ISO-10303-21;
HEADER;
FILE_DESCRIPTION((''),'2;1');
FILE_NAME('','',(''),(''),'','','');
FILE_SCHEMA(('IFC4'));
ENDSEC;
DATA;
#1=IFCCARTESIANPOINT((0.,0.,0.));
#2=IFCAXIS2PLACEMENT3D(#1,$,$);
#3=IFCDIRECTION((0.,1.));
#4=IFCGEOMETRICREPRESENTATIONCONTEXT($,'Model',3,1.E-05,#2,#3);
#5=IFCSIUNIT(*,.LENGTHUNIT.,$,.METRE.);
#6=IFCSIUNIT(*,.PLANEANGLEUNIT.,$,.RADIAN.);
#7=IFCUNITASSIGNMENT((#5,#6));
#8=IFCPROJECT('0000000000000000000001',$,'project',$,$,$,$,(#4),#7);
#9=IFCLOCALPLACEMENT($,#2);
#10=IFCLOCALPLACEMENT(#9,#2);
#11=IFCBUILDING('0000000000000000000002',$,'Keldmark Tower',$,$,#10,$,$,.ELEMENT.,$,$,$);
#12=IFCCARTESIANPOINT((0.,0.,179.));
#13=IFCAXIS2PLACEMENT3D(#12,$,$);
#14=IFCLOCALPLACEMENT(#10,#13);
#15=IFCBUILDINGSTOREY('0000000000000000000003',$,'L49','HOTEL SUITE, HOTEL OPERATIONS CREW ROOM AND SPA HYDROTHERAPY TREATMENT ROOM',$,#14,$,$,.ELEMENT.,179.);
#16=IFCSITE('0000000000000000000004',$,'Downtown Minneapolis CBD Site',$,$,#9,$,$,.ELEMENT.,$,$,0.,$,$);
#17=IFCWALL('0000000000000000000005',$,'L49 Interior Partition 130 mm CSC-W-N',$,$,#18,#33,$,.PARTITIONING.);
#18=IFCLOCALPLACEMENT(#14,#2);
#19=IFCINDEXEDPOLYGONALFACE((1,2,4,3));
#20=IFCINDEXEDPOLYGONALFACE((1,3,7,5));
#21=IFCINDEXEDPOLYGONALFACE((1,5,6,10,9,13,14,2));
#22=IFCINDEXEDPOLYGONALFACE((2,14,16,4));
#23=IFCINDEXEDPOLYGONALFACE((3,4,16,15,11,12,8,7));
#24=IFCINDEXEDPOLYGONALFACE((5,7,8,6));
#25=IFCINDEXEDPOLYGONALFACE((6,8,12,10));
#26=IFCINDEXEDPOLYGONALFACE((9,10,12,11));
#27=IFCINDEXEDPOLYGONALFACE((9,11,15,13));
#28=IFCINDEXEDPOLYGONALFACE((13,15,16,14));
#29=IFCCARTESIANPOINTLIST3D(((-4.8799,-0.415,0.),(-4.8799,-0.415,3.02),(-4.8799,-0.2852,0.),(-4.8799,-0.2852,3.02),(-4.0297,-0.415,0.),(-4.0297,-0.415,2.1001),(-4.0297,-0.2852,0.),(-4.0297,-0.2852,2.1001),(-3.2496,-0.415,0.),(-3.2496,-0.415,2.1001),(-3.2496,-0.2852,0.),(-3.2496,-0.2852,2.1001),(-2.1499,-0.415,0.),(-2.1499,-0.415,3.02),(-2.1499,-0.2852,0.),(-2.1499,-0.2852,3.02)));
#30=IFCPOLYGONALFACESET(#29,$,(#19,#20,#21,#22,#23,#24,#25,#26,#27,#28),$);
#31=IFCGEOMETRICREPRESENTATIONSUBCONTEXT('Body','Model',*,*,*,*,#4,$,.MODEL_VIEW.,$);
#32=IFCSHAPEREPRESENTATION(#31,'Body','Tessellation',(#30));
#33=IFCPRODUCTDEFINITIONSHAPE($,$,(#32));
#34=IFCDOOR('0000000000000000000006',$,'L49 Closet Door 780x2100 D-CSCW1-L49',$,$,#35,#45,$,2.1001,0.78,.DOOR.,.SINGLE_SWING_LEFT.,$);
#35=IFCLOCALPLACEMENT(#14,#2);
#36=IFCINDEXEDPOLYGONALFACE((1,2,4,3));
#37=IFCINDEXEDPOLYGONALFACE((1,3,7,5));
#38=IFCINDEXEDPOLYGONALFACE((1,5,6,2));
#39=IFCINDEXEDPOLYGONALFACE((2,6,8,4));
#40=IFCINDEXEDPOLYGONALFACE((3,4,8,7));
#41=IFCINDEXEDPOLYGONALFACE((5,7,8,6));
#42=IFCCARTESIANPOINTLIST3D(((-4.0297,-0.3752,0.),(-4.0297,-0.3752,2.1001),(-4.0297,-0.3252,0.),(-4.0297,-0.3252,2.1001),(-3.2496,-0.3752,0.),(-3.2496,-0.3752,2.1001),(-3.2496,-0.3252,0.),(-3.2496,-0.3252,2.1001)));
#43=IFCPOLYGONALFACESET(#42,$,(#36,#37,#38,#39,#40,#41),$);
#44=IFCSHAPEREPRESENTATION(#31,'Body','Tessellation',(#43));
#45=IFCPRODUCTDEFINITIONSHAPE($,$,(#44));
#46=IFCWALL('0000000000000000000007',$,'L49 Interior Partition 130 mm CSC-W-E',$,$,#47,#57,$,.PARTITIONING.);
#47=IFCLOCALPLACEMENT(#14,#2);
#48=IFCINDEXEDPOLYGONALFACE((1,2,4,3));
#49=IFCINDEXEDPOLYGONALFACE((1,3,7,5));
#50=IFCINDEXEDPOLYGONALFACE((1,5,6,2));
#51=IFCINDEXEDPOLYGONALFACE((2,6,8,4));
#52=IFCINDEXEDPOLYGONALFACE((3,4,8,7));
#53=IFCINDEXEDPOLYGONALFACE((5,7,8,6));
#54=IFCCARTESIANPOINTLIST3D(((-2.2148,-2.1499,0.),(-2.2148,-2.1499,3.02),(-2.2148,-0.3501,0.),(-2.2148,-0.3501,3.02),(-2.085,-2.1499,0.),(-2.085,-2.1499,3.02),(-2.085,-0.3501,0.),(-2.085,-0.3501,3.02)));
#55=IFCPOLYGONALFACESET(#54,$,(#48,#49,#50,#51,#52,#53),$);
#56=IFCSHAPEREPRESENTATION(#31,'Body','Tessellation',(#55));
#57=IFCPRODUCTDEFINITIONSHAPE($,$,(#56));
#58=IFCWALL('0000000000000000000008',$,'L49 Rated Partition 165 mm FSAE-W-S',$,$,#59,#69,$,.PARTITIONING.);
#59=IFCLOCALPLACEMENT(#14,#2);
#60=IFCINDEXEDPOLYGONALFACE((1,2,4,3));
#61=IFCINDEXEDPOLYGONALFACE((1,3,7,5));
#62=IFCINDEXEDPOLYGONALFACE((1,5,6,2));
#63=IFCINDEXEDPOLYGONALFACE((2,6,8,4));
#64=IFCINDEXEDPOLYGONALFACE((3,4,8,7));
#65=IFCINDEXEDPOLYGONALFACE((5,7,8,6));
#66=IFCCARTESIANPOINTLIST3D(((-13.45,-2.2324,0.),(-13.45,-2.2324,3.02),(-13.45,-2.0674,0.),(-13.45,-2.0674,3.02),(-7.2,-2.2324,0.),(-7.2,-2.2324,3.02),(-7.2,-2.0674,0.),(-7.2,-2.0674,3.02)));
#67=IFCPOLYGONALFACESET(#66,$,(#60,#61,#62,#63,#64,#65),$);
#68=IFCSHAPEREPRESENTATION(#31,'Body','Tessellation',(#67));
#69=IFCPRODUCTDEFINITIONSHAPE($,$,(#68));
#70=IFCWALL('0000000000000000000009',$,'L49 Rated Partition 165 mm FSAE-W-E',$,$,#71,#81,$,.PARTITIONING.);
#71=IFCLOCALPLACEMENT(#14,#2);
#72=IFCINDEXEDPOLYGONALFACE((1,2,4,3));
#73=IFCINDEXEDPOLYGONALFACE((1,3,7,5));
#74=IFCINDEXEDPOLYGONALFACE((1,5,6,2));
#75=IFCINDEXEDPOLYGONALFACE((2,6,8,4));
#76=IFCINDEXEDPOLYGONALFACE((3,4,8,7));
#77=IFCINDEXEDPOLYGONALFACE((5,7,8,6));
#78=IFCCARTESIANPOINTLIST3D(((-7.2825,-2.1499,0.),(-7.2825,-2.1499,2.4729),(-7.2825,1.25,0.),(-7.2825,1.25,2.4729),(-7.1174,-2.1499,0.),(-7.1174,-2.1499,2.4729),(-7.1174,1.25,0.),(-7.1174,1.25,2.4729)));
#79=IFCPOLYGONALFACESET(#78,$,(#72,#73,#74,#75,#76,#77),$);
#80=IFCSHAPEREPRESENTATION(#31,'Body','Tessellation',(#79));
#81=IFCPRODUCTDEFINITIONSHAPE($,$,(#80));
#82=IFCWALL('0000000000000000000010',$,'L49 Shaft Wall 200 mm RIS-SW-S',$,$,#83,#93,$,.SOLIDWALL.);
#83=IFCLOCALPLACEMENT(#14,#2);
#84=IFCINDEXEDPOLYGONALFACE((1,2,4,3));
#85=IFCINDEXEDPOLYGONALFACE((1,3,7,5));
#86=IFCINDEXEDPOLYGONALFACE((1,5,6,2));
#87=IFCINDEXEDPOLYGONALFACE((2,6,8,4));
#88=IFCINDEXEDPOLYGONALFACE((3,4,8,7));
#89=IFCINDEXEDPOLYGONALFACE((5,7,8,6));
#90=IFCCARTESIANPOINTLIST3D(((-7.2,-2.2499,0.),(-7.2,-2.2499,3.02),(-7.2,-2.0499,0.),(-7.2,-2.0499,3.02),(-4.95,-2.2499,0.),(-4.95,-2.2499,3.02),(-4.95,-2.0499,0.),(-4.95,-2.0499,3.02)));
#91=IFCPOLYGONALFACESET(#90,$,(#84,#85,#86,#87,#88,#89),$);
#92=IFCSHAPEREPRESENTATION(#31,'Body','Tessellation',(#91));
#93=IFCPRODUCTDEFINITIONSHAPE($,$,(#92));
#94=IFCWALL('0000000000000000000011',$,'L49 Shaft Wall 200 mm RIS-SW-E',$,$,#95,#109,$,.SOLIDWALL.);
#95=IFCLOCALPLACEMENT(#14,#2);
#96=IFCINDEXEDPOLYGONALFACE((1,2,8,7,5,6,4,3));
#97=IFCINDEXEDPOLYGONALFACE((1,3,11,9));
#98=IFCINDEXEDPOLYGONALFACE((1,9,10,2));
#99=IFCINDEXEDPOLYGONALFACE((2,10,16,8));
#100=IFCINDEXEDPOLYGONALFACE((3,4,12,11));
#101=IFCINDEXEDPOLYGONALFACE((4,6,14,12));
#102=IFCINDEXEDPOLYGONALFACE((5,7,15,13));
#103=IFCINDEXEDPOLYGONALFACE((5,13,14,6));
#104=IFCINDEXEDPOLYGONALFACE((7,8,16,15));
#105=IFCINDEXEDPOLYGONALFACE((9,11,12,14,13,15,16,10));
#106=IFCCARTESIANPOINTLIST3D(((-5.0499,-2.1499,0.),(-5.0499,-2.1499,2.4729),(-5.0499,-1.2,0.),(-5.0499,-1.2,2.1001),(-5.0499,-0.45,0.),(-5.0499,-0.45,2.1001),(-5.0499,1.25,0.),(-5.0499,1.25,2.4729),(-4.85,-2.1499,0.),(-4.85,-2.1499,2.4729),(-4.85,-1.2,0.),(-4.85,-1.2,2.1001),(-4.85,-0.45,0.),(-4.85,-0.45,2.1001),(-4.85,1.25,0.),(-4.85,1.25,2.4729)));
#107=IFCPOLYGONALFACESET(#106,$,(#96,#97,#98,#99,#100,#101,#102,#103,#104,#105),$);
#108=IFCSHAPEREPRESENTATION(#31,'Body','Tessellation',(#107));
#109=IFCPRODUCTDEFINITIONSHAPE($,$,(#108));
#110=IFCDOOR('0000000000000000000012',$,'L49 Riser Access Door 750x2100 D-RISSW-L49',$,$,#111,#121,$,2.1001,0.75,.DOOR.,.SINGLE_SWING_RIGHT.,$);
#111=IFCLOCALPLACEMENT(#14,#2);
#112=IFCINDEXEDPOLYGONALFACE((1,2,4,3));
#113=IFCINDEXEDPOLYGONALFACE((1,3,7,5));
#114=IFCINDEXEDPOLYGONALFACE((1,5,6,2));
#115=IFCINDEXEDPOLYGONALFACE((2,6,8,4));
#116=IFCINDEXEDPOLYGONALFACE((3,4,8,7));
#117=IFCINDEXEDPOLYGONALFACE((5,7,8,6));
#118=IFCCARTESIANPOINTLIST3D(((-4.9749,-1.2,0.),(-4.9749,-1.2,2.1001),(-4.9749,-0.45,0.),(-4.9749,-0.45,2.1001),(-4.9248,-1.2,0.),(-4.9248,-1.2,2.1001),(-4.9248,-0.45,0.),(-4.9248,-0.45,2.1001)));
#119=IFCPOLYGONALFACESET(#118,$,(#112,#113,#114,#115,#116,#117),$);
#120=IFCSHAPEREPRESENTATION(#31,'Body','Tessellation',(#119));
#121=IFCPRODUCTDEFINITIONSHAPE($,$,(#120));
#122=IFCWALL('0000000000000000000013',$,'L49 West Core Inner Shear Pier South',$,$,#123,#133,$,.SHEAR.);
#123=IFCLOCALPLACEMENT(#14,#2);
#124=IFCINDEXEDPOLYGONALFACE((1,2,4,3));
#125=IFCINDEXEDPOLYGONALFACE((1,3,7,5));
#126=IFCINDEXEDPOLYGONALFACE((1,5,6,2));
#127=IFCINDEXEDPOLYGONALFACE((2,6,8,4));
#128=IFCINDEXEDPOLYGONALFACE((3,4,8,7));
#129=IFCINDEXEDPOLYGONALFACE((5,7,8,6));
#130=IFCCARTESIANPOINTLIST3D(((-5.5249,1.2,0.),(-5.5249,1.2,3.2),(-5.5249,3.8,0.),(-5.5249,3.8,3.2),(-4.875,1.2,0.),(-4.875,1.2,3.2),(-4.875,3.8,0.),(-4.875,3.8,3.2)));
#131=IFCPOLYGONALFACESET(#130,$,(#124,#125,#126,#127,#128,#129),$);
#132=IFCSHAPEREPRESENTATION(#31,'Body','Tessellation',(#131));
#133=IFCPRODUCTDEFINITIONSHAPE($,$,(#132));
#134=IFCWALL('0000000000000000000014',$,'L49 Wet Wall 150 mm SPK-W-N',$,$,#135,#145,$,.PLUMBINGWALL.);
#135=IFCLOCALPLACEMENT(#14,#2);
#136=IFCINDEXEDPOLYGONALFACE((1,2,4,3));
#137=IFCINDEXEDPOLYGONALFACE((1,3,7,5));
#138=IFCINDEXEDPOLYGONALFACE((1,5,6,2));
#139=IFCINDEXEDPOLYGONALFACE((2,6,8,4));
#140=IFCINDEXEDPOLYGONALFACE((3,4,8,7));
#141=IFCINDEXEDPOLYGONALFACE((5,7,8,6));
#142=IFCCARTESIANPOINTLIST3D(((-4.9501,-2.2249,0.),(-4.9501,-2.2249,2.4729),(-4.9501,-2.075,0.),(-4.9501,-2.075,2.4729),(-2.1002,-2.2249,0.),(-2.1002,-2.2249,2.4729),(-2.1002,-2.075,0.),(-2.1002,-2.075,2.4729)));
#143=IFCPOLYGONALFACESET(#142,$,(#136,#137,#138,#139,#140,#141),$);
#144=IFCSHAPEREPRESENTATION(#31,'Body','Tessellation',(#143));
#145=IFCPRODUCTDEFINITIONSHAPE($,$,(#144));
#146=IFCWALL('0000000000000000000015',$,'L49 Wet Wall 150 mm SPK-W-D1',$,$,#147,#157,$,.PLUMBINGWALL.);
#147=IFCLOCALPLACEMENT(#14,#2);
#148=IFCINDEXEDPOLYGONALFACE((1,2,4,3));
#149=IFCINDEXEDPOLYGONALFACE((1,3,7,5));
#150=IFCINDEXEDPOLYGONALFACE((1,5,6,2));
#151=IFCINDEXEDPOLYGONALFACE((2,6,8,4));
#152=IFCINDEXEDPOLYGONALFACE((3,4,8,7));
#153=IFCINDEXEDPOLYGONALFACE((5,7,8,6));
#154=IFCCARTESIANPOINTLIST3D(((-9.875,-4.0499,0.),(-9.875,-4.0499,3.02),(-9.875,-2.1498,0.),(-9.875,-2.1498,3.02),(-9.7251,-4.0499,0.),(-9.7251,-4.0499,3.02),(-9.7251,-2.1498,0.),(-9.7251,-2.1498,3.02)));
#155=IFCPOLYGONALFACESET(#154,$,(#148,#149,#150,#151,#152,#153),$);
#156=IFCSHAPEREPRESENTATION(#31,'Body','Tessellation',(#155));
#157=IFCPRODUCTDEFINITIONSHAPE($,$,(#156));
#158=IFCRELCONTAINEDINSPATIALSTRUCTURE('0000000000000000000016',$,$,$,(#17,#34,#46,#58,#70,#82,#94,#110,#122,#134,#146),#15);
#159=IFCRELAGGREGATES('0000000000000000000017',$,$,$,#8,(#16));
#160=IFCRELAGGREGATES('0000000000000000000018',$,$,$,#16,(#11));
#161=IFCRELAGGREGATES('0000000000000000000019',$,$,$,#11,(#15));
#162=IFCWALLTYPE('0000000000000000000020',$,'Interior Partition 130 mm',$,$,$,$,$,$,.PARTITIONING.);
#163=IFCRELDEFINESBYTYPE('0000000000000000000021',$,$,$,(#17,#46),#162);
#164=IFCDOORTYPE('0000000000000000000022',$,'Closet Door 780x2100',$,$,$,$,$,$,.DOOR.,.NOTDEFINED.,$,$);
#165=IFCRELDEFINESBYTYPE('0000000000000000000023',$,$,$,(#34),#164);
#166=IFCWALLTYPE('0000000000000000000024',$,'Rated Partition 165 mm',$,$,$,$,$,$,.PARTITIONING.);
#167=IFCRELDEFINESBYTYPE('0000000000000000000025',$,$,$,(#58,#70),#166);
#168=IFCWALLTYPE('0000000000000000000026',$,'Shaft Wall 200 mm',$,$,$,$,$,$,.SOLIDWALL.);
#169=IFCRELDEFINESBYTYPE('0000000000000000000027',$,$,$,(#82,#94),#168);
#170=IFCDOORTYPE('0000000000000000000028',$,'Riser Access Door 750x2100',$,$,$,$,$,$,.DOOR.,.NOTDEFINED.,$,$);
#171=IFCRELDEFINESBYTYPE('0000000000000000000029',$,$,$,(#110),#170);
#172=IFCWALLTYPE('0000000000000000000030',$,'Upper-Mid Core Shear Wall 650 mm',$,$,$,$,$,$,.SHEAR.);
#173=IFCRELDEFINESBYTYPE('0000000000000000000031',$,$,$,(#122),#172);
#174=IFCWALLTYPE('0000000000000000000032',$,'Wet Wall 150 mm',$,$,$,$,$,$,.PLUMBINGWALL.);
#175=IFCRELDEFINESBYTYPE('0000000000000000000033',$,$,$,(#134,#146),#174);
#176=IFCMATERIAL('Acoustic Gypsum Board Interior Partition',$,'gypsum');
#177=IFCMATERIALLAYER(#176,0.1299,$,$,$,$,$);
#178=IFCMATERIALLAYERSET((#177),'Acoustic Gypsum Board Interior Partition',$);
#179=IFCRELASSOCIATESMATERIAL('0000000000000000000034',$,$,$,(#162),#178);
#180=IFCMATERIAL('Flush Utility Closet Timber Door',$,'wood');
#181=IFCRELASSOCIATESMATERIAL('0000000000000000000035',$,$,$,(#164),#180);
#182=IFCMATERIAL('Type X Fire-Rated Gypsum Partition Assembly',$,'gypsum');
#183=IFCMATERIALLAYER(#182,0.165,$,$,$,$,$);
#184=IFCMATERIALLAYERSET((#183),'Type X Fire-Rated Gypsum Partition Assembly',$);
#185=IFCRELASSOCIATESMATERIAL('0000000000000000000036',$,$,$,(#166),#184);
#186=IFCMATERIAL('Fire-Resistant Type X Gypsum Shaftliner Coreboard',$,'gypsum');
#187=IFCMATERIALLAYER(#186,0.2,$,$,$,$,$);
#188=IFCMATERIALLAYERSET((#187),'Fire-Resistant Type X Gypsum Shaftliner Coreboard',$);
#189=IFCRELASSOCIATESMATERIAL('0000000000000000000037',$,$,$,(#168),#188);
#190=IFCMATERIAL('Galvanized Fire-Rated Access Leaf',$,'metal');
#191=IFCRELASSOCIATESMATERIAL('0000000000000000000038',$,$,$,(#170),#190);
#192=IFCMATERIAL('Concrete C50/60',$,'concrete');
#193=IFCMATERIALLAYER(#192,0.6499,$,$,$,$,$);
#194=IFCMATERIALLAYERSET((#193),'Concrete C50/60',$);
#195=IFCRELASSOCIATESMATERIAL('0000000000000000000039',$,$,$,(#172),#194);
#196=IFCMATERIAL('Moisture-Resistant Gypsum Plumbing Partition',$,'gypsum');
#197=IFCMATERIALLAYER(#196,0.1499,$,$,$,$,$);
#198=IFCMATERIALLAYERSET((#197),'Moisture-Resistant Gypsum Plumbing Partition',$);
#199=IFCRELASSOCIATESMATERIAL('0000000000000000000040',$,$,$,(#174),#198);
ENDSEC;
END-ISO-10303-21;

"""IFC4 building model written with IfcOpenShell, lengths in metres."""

from ifc_helpers import new_model, si_unit, direction, frame, frame_2d, origin, place, context, subcontext, project, spatial, rectangle, extrude, material, layer, layer_set, type_object, element, fill, save


model = new_model("IFC4")

# Units and contexts
model_context = context("Model", 3, precision=1e-05, world=origin(), true_north=direction((0.0, 1.0)))
body_context = subcontext(model_context, "Body", "Model", "MODEL_VIEW")
ifc_project = project(units=[si_unit("LENGTHUNIT", "METRE"), si_unit("PLANEANGLEUNIT", "RADIAN")], contexts=[model_context])

# Site, building, storey
site_placement = place(None, origin())
site = spatial("IfcSite", under=ifc_project, at=site_placement, Name="Downtown Minneapolis CBD Site", CompositionType="ELEMENT", RefElevation=0.0)
building_placement = place(site_placement, origin())
building = spatial("IfcBuilding", under=site, at=building_placement, Name="Keldmark Tower", CompositionType="ELEMENT")
storey_placement = place(building_placement, frame((0.0, 0.0, 179.0)))
storey = spatial("IfcBuildingStorey", under=building, at=storey_placement, Name="L49", Description="HOTEL SUITE, HOTEL OPERATIONS CREW ROOM AND SPA HYDROTHERAPY TREATMENT ROOM", CompositionType="ELEMENT", Elevation=179.0)

# Wall, opening, door
ifc_material_1 = material(Name="Acoustic Gypsum Board Interior Partition", Category="gypsum")
ifc_layer_1 = layer(ifc_material_1, 0.1299)
ifc_layer_set_1 = layer_set([ifc_layer_1], Name="Acoustic Gypsum Board Interior Partition")
wall_type_1 = type_object("IfcWallType", Name="Interior Partition 130 mm", PredefinedType="PARTITIONING", material=ifc_layer_set_1)
wall_1_placement = place(storey_placement, frame((-4.8799, -0.3501, 0.0), z_axis=(0.0, 0.0, 1.0), x_axis=(1.0, 0.0, 0.0)))
wall_1 = element("IfcWall", 1, at=wall_1_placement, inside=storey, type_object=wall_type_1, Name="L49 Interior Partition 130 mm CSC-W-N", PredefinedType="PARTITIONING", context=body_context, shape_type="SweptSolid", body=[
    extrude(rectangle(XDim=2.73, YDim=0.1299, at=frame_2d((1.365, 0.0))), origin(), (0.0, 0.0, 1.0), 3.02),
])
opening_1_placement = place(wall_1_placement, frame((0.8501, 0.0, 0.0)))
opening_1 = element("IfcOpeningElement", 2, at=opening_1_placement, cuts=wall_1, PredefinedType="OPENING", context=body_context, shape_type="SweptSolid", body=[
    extrude(rectangle(XDim=0.78, YDim=2.1001, at=frame_2d((0.3901, 1.05))), frame((0.0, 0.075, 0.0), z_axis=(0.0, -1.0, 0.0), x_axis=(1.0, 0.0, 0.0)), (0.0, 0.0, 1.0), 0.1499),
])
ifc_material_2 = material(Name="Flush Utility Closet Timber Door", Category="wood")
door_type_1 = type_object("IfcDoorType", Name="Closet Door 780x2100", OperationType="NOTDEFINED", PredefinedType="DOOR", material=ifc_material_2)
door_1_placement = place(opening_1_placement, origin())
door_1 = element("IfcDoor", 3, at=door_1_placement, inside=storey, type_object=door_type_1, Name="L49 Closet Door 780x2100 D-CSCW1-L49", OperationType="SINGLE_SWING_LEFT", OverallHeight=2.1001, OverallWidth=0.78, PredefinedType="DOOR", context=body_context, shape_type="SweptSolid", body=[
    extrude(rectangle(XDim=0.78, YDim=2.1001, at=frame_2d((0.3901, 1.05))), frame((0.0, 0.0249, 0.0), z_axis=(0.0, -1.0, 0.0), x_axis=(1.0, 0.0, 0.0)), (0.0, 0.0, 1.0), 0.05),
])
fill(opening_1, door_1)

# Walls
wall_2_placement = place(storey_placement, frame((-2.1499, -2.1499, 0.0), z_axis=(0.0, 0.0, 1.0), x_axis=(0.0, 1.0, 0.0)))
element("IfcWall", 4, at=wall_2_placement, inside=storey, type_object=wall_type_1, Name="L49 Interior Partition 130 mm CSC-W-E", PredefinedType="PARTITIONING", context=body_context, shape_type="SweptSolid", body=[
    extrude(rectangle(XDim=1.7998, YDim=0.1299, at=frame_2d((0.8999, 0.0))), origin(), (0.0, 0.0, 1.0), 3.02),
])
ifc_material_3 = material(Name="Type X Fire-Rated Gypsum Partition Assembly", Category="gypsum")
ifc_layer_2 = layer(ifc_material_3, 0.165)
ifc_layer_set_2 = layer_set([ifc_layer_2], Name="Type X Fire-Rated Gypsum Partition Assembly")
wall_type_2 = type_object("IfcWallType", Name="Rated Partition 165 mm", PredefinedType="PARTITIONING", material=ifc_layer_set_2)
wall_3_placement = place(storey_placement, frame((-13.45, -2.1499, 0.0), z_axis=(0.0, 0.0, 1.0), x_axis=(1.0, 0.0, 0.0)))
element("IfcWall", 5, at=wall_3_placement, inside=storey, type_object=wall_type_2, Name="L49 Rated Partition 165 mm FSAE-W-S", PredefinedType="PARTITIONING", context=body_context, shape_type="SweptSolid", body=[
    extrude(rectangle(XDim=6.25, YDim=0.165, at=frame_2d((3.125, 0.0))), origin(), (0.0, 0.0, 1.0), 3.02),
])

# Walls
wall_4_placement = place(storey_placement, frame((-7.2, -2.1499, 0.0), z_axis=(0.0, 0.0, 1.0), x_axis=(0.0, 1.0, 0.0)))
element("IfcWall", 6, at=wall_4_placement, inside=storey, type_object=wall_type_2, Name="L49 Rated Partition 165 mm FSAE-W-E", PredefinedType="PARTITIONING", context=body_context, shape_type="SweptSolid", body=[
    extrude(rectangle(XDim=3.3999, YDim=0.165, at=frame_2d((1.7, 0.0))), origin(), (0.0, 0.0, 1.0), 2.4729),
])
ifc_material_4 = material(Name="Fire-Resistant Type X Gypsum Shaftliner Coreboard", Category="gypsum")
ifc_layer_3 = layer(ifc_material_4, 0.2)
ifc_layer_set_3 = layer_set([ifc_layer_3], Name="Fire-Resistant Type X Gypsum Shaftliner Coreboard")
wall_type_3 = type_object("IfcWallType", Name="Shaft Wall 200 mm", PredefinedType="SOLIDWALL", material=ifc_layer_set_3)
wall_5_placement = place(storey_placement, frame((-7.2, -2.1499, 0.0), z_axis=(0.0, 0.0, 1.0), x_axis=(1.0, 0.0, 0.0)))
element("IfcWall", 7, at=wall_5_placement, inside=storey, type_object=wall_type_3, Name="L49 Shaft Wall 200 mm RIS-SW-S", PredefinedType="SOLIDWALL", context=body_context, shape_type="SweptSolid", body=[
    extrude(rectangle(XDim=2.25, YDim=0.2, at=frame_2d((1.125, 0.0))), origin(), (0.0, 0.0, 1.0), 3.02),
])

# Wall, opening, door
wall_6_placement = place(storey_placement, frame((-4.95, -2.1499, 0.0), z_axis=(0.0, 0.0, 1.0), x_axis=(0.0, 1.0, 0.0)))
wall_6 = element("IfcWall", 8, at=wall_6_placement, inside=storey, type_object=wall_type_3, Name="L49 Shaft Wall 200 mm RIS-SW-E", PredefinedType="SOLIDWALL", context=body_context, shape_type="SweptSolid", body=[
    extrude(rectangle(XDim=3.3999, YDim=0.2, at=frame_2d((1.7, 0.0))), origin(), (0.0, 0.0, 1.0), 2.4729),
])
opening_2_placement = place(wall_6_placement, frame((0.95, 0.0, 0.0)))
opening_2 = element("IfcOpeningElement", 9, at=opening_2_placement, cuts=wall_6, PredefinedType="OPENING", context=body_context, shape_type="SweptSolid", body=[
    extrude(rectangle(XDim=0.75, YDim=2.1001, at=frame_2d((0.375, 1.05))), frame((0.0, 0.1099, 0.0), z_axis=(0.0, -1.0, 0.0), x_axis=(1.0, 0.0, 0.0)), (0.0, 0.0, 1.0), 0.22),
])
ifc_material_5 = material(Name="Galvanized Fire-Rated Access Leaf", Category="metal")
door_type_2 = type_object("IfcDoorType", Name="Riser Access Door 750x2100", OperationType="NOTDEFINED", PredefinedType="DOOR", material=ifc_material_5)
door_2_placement = place(opening_2_placement, origin())
door_2 = element("IfcDoor", 10, at=door_2_placement, inside=storey, type_object=door_type_2, Name="L49 Riser Access Door 750x2100 D-RISSW-L49", OperationType="SINGLE_SWING_RIGHT", OverallHeight=2.1001, OverallWidth=0.75, PredefinedType="DOOR", context=body_context, shape_type="SweptSolid", body=[
    extrude(rectangle(XDim=0.75, YDim=2.1001, at=frame_2d((0.375, 1.05))), frame((0.0, 0.0249, 0.0), z_axis=(0.0, -1.0, 0.0), x_axis=(1.0, 0.0, 0.0)), (0.0, 0.0, 1.0), 0.05),
])
fill(opening_2, door_2)

# Walls
ifc_material_6 = material(Name="Concrete C50/60", Category="concrete")
ifc_layer_4 = layer(ifc_material_6, 0.6499)
ifc_layer_set_4 = layer_set([ifc_layer_4], Name="Concrete C50/60")
wall_type_4 = type_object("IfcWallType", Name="Upper-Mid Core Shear Wall 650 mm", PredefinedType="SHEAR", material=ifc_layer_set_4)
wall_7_placement = place(storey_placement, frame((-5.2, 1.2, 0.0), z_axis=(0.0, 0.0, 1.0), x_axis=(0.0, 1.0, 0.0)))
element("IfcWall", 11, at=wall_7_placement, inside=storey, type_object=wall_type_4, Name="L49 West Core Inner Shear Pier South", PredefinedType="SHEAR", context=body_context, shape_type="SweptSolid", body=[
    extrude(rectangle(XDim=2.6001, YDim=0.6499, at=frame_2d((1.3, 0.0))), origin(), (0.0, 0.0, 1.0), 3.2),
])
ifc_material_7 = material(Name="Moisture-Resistant Gypsum Plumbing Partition", Category="gypsum")
ifc_layer_5 = layer(ifc_material_7, 0.1499)
ifc_layer_set_5 = layer_set([ifc_layer_5], Name="Moisture-Resistant Gypsum Plumbing Partition")
wall_type_5 = type_object("IfcWallType", Name="Wet Wall 150 mm", PredefinedType="PLUMBINGWALL", material=ifc_layer_set_5)
wall_8_placement = place(storey_placement, frame((-4.95, -2.1499, 0.0), z_axis=(0.0, 0.0, 1.0), x_axis=(1.0, 0.0, 0.0)))
element("IfcWall", 12, at=wall_8_placement, inside=storey, type_object=wall_type_5, Name="L49 Wet Wall 150 mm SPK-W-N", PredefinedType="PLUMBINGWALL", context=body_context, shape_type="SweptSolid", body=[
    extrude(rectangle(XDim=2.8499, YDim=0.1499, at=frame_2d((1.4248, 0.0))), origin(), (0.0, 0.0, 1.0), 2.4729),
])
wall_9_placement = place(storey_placement, frame((-9.8, -4.05, 0.0), z_axis=(0.0, 0.0, 1.0), x_axis=(0.0, 1.0, 0.0)))
element("IfcWall", 13, at=wall_9_placement, inside=storey, type_object=wall_type_5, Name="L49 Wet Wall 150 mm SPK-W-D1", PredefinedType="PLUMBINGWALL", context=body_context, shape_type="SweptSolid", body=[
    extrude(rectangle(XDim=1.9001, YDim=0.1499, at=frame_2d((0.9502, 0.0))), origin(), (0.0, 0.0, 1.0), 3.02),
])

save(model, "model.ifc")
